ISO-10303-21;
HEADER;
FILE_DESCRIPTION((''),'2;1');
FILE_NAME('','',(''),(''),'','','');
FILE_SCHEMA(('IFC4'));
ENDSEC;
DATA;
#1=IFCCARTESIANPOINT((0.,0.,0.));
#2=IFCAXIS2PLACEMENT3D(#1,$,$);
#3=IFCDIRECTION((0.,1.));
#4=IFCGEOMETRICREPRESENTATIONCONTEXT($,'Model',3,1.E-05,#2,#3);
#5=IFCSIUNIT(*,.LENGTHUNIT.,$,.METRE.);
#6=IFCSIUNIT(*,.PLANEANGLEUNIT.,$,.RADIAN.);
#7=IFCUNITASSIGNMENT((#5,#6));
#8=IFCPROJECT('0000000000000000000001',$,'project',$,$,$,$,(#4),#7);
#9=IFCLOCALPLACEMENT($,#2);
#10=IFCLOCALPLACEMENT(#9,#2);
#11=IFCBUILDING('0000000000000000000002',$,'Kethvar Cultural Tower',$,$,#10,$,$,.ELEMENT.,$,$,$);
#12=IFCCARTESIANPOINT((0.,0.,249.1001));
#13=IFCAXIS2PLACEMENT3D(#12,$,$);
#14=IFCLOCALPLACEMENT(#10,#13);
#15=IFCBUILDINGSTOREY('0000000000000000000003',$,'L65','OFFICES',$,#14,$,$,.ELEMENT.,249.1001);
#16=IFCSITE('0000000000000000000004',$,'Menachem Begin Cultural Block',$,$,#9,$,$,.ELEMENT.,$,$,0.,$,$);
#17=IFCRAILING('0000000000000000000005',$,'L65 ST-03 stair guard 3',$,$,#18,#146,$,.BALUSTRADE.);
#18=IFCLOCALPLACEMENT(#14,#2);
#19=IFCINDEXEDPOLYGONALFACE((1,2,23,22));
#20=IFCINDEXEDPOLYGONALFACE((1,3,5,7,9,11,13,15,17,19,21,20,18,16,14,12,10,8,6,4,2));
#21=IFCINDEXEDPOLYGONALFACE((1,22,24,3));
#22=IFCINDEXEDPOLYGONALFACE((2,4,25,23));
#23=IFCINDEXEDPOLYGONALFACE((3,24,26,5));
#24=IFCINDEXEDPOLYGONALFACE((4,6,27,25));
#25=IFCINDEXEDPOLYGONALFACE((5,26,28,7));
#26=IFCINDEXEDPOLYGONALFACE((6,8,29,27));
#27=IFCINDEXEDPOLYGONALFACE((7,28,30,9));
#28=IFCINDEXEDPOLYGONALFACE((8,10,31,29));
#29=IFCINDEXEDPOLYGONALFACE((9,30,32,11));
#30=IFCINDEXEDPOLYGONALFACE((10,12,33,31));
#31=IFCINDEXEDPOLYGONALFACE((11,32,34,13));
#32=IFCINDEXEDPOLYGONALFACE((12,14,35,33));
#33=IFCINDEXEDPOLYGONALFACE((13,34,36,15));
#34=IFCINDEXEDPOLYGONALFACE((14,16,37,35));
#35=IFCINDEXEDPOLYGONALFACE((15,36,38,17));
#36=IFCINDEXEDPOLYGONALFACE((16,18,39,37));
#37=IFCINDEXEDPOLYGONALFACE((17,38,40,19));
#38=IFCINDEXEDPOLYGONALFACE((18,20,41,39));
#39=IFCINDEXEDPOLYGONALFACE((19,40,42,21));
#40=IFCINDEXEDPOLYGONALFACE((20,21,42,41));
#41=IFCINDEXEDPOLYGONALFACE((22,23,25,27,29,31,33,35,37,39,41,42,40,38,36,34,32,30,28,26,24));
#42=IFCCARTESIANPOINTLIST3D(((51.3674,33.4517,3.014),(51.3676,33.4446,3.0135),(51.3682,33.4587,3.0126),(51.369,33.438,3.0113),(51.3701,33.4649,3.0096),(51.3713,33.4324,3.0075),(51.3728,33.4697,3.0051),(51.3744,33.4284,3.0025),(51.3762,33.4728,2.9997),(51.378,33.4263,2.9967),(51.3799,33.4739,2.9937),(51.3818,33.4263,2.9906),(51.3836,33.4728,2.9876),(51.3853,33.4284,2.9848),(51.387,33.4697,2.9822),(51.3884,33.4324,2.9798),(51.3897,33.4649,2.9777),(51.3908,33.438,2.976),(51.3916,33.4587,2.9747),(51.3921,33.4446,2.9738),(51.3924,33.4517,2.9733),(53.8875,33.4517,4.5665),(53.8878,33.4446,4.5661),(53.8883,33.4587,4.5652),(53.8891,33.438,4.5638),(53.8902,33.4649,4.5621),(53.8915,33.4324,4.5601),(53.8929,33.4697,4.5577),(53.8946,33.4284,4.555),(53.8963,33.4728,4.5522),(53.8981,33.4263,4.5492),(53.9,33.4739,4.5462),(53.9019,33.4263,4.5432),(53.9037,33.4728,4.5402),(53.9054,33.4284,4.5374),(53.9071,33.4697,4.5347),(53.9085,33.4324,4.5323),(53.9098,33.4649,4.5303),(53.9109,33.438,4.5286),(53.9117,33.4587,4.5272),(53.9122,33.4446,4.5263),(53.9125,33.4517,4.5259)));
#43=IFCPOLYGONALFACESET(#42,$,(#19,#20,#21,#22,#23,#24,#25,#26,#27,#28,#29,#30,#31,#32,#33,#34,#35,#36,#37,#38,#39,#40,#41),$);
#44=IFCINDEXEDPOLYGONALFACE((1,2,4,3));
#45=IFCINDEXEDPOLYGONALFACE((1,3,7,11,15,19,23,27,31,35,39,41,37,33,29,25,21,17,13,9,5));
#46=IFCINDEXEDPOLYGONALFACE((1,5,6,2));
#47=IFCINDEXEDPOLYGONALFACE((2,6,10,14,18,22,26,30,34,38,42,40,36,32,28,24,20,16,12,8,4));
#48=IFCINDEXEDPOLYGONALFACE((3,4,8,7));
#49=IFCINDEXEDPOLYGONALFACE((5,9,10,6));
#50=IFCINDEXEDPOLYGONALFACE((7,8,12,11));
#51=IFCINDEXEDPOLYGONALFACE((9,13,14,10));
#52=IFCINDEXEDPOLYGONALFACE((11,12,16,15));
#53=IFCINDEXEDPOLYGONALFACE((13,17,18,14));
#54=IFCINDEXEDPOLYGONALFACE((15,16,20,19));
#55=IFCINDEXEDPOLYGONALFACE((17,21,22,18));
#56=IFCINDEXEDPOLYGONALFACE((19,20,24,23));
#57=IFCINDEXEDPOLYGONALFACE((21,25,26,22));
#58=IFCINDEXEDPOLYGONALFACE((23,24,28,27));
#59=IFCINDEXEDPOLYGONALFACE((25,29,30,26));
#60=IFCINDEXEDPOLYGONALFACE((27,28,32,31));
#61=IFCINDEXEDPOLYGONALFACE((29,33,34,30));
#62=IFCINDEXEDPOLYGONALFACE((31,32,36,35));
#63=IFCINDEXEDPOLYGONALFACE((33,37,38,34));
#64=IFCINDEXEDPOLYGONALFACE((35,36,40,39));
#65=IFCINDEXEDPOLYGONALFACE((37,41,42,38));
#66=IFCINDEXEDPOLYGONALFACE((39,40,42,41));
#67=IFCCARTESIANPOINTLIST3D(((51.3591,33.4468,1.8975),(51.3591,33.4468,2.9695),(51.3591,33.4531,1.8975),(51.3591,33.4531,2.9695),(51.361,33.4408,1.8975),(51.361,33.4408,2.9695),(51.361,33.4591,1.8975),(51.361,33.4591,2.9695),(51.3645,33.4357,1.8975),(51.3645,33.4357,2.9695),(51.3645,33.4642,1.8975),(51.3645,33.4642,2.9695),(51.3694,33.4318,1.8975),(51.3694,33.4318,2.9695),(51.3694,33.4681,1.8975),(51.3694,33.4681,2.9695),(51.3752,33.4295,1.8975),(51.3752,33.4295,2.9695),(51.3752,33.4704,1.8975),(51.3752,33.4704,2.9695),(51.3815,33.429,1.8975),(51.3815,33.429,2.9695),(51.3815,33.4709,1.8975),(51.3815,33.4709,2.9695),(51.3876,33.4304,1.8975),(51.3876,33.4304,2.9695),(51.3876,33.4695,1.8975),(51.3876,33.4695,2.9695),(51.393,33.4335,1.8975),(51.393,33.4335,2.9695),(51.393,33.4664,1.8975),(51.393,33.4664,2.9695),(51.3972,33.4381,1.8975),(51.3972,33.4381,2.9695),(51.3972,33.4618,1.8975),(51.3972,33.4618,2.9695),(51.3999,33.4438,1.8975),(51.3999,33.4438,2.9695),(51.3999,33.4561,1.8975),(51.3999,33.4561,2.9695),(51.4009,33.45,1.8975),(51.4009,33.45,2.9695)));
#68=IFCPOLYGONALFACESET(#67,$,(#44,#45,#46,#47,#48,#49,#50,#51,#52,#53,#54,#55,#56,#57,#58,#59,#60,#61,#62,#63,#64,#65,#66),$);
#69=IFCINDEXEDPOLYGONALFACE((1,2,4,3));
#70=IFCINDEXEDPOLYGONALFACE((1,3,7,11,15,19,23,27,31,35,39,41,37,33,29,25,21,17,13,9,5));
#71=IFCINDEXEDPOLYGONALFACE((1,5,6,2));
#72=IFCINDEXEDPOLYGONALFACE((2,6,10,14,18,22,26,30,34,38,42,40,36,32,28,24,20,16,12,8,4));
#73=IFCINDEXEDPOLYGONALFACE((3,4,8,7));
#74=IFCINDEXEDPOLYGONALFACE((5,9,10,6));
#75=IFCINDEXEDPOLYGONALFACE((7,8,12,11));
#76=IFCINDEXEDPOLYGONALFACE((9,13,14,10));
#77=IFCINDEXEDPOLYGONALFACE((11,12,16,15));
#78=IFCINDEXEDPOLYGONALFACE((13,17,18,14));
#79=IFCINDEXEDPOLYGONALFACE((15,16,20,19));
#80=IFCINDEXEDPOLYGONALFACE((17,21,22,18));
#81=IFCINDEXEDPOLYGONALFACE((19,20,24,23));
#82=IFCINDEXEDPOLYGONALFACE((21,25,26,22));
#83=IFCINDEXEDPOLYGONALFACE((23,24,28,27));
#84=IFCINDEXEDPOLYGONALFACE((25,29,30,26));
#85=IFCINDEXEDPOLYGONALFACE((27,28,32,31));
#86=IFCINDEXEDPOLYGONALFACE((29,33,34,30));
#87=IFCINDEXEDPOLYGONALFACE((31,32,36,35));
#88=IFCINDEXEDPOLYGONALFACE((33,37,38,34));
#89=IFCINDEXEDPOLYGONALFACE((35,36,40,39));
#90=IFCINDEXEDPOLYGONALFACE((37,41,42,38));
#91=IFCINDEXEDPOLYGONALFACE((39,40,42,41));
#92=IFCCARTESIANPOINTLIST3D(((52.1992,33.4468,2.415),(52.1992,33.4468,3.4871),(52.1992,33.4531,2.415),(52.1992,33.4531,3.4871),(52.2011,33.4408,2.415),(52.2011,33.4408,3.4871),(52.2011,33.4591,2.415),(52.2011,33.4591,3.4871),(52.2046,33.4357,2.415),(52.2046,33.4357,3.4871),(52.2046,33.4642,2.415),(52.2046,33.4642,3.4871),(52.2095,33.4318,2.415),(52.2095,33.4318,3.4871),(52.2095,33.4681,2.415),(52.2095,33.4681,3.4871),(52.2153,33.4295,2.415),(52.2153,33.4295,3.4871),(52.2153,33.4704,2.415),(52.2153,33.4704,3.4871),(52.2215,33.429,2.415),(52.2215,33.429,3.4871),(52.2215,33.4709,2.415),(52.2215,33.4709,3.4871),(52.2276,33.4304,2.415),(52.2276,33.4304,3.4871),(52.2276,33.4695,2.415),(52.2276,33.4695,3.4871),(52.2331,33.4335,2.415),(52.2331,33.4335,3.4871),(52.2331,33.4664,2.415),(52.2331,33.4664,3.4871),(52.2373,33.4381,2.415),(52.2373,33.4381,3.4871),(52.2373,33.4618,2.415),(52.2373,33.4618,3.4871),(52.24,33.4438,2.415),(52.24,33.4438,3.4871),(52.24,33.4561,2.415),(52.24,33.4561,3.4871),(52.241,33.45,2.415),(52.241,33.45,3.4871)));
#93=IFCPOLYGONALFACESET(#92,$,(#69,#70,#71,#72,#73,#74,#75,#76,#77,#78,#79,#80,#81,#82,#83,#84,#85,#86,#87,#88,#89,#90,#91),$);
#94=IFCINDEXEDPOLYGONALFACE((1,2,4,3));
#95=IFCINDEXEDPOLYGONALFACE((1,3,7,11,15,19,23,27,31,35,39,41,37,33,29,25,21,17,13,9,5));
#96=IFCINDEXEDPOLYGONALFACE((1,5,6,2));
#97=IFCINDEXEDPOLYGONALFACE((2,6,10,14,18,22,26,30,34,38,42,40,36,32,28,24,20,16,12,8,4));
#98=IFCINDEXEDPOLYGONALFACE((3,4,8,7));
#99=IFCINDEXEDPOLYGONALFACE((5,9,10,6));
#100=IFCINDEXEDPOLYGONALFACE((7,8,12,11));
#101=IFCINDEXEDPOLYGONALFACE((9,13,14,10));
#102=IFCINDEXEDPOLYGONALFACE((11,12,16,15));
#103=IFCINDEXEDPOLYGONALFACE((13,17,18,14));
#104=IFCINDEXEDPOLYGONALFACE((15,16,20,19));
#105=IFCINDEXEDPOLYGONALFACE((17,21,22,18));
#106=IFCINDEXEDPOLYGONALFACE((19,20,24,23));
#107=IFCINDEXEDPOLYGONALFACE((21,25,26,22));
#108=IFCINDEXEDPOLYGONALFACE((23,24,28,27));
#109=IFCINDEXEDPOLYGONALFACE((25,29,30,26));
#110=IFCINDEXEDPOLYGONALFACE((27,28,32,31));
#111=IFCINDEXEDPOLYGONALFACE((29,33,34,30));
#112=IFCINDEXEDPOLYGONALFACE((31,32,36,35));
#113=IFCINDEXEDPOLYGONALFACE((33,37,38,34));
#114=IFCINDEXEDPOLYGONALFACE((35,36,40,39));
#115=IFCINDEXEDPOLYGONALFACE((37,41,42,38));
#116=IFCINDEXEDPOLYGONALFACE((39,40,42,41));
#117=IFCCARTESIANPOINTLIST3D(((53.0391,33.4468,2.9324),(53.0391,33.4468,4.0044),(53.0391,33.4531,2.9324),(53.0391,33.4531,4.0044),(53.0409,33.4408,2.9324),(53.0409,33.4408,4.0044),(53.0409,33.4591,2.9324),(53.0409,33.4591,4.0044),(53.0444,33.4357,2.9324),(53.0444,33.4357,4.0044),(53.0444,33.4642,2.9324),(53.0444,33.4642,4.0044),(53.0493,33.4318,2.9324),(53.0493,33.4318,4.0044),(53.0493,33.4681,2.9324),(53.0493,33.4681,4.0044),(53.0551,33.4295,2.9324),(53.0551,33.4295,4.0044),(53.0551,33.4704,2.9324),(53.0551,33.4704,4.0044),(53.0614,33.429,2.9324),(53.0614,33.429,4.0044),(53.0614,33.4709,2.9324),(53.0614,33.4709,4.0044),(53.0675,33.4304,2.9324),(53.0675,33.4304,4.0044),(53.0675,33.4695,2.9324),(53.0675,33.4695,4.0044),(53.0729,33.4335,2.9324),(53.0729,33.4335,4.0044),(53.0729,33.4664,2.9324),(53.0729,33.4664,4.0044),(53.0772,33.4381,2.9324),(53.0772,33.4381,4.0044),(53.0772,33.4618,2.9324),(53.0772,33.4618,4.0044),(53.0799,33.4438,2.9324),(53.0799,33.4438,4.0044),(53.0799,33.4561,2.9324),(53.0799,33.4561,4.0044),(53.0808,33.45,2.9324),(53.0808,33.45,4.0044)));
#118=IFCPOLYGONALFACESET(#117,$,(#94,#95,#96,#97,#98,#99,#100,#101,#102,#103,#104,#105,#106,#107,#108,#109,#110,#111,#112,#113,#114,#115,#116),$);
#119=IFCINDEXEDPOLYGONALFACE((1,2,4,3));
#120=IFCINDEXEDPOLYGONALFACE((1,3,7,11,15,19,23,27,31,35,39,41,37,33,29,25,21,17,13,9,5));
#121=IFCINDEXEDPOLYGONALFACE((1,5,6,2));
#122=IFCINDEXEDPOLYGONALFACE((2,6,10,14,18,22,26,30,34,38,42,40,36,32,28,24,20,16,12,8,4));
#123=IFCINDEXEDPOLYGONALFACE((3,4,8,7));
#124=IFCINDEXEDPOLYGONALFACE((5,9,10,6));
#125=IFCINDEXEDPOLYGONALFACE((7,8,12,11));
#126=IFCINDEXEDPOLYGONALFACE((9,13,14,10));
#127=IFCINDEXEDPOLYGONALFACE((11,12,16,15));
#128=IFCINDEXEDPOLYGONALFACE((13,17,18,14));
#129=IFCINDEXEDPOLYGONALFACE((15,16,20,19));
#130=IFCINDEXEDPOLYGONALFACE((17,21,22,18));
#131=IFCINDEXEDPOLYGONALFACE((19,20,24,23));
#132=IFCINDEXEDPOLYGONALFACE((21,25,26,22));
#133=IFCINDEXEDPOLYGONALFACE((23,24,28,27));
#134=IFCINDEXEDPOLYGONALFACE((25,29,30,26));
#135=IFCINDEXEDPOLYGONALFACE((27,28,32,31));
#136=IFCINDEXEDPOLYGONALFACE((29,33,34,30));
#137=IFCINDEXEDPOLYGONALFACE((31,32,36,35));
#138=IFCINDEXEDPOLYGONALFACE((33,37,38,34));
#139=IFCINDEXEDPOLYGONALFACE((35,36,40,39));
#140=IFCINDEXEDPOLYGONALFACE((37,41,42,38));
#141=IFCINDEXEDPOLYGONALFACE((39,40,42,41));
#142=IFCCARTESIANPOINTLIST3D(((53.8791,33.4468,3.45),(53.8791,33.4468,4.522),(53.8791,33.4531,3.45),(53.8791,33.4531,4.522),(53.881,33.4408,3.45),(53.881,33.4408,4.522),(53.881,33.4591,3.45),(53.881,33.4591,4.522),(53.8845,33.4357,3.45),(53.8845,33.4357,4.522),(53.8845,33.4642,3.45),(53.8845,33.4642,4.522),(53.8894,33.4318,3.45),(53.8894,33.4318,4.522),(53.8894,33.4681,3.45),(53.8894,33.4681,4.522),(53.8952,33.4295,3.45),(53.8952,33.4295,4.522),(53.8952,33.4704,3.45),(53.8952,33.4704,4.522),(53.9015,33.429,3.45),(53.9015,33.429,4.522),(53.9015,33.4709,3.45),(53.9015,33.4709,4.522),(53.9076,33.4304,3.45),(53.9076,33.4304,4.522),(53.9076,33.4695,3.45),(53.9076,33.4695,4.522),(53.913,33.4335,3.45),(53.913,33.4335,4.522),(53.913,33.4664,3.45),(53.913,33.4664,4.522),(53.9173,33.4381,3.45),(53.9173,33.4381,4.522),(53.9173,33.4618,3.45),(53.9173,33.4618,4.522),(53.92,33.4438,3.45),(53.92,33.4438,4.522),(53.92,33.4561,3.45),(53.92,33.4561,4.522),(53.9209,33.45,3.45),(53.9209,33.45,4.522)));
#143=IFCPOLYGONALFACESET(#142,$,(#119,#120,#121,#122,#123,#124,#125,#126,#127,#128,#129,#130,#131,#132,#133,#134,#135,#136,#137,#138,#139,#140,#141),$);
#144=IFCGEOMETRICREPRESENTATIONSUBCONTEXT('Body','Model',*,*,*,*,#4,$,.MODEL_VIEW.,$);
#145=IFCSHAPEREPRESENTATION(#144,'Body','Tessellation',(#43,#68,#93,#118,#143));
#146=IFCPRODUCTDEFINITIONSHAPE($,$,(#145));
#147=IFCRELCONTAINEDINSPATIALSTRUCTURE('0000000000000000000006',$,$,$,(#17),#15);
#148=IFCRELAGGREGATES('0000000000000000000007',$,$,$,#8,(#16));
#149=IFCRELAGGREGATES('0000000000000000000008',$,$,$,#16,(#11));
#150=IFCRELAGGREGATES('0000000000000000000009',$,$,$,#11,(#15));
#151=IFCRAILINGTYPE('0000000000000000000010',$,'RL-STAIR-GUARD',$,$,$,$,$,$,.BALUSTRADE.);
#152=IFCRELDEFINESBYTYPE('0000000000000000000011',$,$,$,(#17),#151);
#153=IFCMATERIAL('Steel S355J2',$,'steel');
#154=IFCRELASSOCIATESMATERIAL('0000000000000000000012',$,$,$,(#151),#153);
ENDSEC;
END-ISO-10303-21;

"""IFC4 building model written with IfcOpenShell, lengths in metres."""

from ifc_helpers import new_model, si_unit, direction, frame, origin, origin_2d, place, context, subcontext, project, spatial, circle, extrude, material, type_object, element, save


model = new_model("IFC4")

# Units and contexts
model_context = context("Model", 3, precision=1e-05, world=origin(), true_north=direction((0.0, 1.0)))
body_context = subcontext(model_context, "Body", "Model", "MODEL_VIEW")
ifc_project = project(units=[si_unit("LENGTHUNIT", "METRE"), si_unit("PLANEANGLEUNIT", "RADIAN")], contexts=[model_context])

# Site, building, storey
site_placement = place(None, origin())
site = spatial("IfcSite", under=ifc_project, at=site_placement, Name="Menachem Begin Cultural Block", CompositionType="ELEMENT", RefElevation=0.0)
building_placement = place(site_placement, origin())
building = spatial("IfcBuilding", under=site, at=building_placement, Name="Kethvar Cultural Tower", CompositionType="ELEMENT")
storey_placement = place(building_placement, frame((0.0, 0.0, 249.1001)))
storey = spatial("IfcBuildingStorey", under=building, at=storey_placement, Name="L65", Description="OFFICES", CompositionType="ELEMENT", Elevation=249.1001)

# Shared definitions
ifc_material_1 = material(Name="Steel S355J2", Category="steel")

# Railing
railing_type_1 = type_object("IfcRailingType", Name="RL-STAIR-GUARD", PredefinedType="BALUSTRADE", material=ifc_material_1)
railing_1_placement = place(storey_placement, frame((51.3799, 33.45, 1.8975)))
element("IfcRailing", 1, at=railing_1_placement, inside=storey, type_object=railing_type_1, Name="L65 ST-03 stair guard 3", PredefinedType="BALUSTRADE", context=body_context, shape_type="SweptSolid", body=[
    extrude(circle(Radius=0.0239, at=origin_2d()), frame((0.0, 0.0, 1.0962), z_axis=(0.8514, 0.0, 0.524516), x_axis=(0.0, 1.0, 0.0)), (0.0, 0.0, 1.0), 2.96),
    extrude(circle(Radius=0.021, at=origin_2d()), origin(), (0.0, 0.0, 1.0), 1.072),
    extrude(circle(Radius=0.021, at=origin_2d()), frame((0.8401, 0.0, 0.5176)), (0.0, 0.0, 1.0), 1.072),
    extrude(circle(Radius=0.021, at=origin_2d()), frame((1.6799, 0.0, 1.0349)), (0.0, 0.0, 1.0), 1.072),
    extrude(circle(Radius=0.021, at=origin_2d()), frame((2.52, 0.0, 1.5525)), (0.0, 0.0, 1.0), 1.072),
])

save(model, "model.ifc")
